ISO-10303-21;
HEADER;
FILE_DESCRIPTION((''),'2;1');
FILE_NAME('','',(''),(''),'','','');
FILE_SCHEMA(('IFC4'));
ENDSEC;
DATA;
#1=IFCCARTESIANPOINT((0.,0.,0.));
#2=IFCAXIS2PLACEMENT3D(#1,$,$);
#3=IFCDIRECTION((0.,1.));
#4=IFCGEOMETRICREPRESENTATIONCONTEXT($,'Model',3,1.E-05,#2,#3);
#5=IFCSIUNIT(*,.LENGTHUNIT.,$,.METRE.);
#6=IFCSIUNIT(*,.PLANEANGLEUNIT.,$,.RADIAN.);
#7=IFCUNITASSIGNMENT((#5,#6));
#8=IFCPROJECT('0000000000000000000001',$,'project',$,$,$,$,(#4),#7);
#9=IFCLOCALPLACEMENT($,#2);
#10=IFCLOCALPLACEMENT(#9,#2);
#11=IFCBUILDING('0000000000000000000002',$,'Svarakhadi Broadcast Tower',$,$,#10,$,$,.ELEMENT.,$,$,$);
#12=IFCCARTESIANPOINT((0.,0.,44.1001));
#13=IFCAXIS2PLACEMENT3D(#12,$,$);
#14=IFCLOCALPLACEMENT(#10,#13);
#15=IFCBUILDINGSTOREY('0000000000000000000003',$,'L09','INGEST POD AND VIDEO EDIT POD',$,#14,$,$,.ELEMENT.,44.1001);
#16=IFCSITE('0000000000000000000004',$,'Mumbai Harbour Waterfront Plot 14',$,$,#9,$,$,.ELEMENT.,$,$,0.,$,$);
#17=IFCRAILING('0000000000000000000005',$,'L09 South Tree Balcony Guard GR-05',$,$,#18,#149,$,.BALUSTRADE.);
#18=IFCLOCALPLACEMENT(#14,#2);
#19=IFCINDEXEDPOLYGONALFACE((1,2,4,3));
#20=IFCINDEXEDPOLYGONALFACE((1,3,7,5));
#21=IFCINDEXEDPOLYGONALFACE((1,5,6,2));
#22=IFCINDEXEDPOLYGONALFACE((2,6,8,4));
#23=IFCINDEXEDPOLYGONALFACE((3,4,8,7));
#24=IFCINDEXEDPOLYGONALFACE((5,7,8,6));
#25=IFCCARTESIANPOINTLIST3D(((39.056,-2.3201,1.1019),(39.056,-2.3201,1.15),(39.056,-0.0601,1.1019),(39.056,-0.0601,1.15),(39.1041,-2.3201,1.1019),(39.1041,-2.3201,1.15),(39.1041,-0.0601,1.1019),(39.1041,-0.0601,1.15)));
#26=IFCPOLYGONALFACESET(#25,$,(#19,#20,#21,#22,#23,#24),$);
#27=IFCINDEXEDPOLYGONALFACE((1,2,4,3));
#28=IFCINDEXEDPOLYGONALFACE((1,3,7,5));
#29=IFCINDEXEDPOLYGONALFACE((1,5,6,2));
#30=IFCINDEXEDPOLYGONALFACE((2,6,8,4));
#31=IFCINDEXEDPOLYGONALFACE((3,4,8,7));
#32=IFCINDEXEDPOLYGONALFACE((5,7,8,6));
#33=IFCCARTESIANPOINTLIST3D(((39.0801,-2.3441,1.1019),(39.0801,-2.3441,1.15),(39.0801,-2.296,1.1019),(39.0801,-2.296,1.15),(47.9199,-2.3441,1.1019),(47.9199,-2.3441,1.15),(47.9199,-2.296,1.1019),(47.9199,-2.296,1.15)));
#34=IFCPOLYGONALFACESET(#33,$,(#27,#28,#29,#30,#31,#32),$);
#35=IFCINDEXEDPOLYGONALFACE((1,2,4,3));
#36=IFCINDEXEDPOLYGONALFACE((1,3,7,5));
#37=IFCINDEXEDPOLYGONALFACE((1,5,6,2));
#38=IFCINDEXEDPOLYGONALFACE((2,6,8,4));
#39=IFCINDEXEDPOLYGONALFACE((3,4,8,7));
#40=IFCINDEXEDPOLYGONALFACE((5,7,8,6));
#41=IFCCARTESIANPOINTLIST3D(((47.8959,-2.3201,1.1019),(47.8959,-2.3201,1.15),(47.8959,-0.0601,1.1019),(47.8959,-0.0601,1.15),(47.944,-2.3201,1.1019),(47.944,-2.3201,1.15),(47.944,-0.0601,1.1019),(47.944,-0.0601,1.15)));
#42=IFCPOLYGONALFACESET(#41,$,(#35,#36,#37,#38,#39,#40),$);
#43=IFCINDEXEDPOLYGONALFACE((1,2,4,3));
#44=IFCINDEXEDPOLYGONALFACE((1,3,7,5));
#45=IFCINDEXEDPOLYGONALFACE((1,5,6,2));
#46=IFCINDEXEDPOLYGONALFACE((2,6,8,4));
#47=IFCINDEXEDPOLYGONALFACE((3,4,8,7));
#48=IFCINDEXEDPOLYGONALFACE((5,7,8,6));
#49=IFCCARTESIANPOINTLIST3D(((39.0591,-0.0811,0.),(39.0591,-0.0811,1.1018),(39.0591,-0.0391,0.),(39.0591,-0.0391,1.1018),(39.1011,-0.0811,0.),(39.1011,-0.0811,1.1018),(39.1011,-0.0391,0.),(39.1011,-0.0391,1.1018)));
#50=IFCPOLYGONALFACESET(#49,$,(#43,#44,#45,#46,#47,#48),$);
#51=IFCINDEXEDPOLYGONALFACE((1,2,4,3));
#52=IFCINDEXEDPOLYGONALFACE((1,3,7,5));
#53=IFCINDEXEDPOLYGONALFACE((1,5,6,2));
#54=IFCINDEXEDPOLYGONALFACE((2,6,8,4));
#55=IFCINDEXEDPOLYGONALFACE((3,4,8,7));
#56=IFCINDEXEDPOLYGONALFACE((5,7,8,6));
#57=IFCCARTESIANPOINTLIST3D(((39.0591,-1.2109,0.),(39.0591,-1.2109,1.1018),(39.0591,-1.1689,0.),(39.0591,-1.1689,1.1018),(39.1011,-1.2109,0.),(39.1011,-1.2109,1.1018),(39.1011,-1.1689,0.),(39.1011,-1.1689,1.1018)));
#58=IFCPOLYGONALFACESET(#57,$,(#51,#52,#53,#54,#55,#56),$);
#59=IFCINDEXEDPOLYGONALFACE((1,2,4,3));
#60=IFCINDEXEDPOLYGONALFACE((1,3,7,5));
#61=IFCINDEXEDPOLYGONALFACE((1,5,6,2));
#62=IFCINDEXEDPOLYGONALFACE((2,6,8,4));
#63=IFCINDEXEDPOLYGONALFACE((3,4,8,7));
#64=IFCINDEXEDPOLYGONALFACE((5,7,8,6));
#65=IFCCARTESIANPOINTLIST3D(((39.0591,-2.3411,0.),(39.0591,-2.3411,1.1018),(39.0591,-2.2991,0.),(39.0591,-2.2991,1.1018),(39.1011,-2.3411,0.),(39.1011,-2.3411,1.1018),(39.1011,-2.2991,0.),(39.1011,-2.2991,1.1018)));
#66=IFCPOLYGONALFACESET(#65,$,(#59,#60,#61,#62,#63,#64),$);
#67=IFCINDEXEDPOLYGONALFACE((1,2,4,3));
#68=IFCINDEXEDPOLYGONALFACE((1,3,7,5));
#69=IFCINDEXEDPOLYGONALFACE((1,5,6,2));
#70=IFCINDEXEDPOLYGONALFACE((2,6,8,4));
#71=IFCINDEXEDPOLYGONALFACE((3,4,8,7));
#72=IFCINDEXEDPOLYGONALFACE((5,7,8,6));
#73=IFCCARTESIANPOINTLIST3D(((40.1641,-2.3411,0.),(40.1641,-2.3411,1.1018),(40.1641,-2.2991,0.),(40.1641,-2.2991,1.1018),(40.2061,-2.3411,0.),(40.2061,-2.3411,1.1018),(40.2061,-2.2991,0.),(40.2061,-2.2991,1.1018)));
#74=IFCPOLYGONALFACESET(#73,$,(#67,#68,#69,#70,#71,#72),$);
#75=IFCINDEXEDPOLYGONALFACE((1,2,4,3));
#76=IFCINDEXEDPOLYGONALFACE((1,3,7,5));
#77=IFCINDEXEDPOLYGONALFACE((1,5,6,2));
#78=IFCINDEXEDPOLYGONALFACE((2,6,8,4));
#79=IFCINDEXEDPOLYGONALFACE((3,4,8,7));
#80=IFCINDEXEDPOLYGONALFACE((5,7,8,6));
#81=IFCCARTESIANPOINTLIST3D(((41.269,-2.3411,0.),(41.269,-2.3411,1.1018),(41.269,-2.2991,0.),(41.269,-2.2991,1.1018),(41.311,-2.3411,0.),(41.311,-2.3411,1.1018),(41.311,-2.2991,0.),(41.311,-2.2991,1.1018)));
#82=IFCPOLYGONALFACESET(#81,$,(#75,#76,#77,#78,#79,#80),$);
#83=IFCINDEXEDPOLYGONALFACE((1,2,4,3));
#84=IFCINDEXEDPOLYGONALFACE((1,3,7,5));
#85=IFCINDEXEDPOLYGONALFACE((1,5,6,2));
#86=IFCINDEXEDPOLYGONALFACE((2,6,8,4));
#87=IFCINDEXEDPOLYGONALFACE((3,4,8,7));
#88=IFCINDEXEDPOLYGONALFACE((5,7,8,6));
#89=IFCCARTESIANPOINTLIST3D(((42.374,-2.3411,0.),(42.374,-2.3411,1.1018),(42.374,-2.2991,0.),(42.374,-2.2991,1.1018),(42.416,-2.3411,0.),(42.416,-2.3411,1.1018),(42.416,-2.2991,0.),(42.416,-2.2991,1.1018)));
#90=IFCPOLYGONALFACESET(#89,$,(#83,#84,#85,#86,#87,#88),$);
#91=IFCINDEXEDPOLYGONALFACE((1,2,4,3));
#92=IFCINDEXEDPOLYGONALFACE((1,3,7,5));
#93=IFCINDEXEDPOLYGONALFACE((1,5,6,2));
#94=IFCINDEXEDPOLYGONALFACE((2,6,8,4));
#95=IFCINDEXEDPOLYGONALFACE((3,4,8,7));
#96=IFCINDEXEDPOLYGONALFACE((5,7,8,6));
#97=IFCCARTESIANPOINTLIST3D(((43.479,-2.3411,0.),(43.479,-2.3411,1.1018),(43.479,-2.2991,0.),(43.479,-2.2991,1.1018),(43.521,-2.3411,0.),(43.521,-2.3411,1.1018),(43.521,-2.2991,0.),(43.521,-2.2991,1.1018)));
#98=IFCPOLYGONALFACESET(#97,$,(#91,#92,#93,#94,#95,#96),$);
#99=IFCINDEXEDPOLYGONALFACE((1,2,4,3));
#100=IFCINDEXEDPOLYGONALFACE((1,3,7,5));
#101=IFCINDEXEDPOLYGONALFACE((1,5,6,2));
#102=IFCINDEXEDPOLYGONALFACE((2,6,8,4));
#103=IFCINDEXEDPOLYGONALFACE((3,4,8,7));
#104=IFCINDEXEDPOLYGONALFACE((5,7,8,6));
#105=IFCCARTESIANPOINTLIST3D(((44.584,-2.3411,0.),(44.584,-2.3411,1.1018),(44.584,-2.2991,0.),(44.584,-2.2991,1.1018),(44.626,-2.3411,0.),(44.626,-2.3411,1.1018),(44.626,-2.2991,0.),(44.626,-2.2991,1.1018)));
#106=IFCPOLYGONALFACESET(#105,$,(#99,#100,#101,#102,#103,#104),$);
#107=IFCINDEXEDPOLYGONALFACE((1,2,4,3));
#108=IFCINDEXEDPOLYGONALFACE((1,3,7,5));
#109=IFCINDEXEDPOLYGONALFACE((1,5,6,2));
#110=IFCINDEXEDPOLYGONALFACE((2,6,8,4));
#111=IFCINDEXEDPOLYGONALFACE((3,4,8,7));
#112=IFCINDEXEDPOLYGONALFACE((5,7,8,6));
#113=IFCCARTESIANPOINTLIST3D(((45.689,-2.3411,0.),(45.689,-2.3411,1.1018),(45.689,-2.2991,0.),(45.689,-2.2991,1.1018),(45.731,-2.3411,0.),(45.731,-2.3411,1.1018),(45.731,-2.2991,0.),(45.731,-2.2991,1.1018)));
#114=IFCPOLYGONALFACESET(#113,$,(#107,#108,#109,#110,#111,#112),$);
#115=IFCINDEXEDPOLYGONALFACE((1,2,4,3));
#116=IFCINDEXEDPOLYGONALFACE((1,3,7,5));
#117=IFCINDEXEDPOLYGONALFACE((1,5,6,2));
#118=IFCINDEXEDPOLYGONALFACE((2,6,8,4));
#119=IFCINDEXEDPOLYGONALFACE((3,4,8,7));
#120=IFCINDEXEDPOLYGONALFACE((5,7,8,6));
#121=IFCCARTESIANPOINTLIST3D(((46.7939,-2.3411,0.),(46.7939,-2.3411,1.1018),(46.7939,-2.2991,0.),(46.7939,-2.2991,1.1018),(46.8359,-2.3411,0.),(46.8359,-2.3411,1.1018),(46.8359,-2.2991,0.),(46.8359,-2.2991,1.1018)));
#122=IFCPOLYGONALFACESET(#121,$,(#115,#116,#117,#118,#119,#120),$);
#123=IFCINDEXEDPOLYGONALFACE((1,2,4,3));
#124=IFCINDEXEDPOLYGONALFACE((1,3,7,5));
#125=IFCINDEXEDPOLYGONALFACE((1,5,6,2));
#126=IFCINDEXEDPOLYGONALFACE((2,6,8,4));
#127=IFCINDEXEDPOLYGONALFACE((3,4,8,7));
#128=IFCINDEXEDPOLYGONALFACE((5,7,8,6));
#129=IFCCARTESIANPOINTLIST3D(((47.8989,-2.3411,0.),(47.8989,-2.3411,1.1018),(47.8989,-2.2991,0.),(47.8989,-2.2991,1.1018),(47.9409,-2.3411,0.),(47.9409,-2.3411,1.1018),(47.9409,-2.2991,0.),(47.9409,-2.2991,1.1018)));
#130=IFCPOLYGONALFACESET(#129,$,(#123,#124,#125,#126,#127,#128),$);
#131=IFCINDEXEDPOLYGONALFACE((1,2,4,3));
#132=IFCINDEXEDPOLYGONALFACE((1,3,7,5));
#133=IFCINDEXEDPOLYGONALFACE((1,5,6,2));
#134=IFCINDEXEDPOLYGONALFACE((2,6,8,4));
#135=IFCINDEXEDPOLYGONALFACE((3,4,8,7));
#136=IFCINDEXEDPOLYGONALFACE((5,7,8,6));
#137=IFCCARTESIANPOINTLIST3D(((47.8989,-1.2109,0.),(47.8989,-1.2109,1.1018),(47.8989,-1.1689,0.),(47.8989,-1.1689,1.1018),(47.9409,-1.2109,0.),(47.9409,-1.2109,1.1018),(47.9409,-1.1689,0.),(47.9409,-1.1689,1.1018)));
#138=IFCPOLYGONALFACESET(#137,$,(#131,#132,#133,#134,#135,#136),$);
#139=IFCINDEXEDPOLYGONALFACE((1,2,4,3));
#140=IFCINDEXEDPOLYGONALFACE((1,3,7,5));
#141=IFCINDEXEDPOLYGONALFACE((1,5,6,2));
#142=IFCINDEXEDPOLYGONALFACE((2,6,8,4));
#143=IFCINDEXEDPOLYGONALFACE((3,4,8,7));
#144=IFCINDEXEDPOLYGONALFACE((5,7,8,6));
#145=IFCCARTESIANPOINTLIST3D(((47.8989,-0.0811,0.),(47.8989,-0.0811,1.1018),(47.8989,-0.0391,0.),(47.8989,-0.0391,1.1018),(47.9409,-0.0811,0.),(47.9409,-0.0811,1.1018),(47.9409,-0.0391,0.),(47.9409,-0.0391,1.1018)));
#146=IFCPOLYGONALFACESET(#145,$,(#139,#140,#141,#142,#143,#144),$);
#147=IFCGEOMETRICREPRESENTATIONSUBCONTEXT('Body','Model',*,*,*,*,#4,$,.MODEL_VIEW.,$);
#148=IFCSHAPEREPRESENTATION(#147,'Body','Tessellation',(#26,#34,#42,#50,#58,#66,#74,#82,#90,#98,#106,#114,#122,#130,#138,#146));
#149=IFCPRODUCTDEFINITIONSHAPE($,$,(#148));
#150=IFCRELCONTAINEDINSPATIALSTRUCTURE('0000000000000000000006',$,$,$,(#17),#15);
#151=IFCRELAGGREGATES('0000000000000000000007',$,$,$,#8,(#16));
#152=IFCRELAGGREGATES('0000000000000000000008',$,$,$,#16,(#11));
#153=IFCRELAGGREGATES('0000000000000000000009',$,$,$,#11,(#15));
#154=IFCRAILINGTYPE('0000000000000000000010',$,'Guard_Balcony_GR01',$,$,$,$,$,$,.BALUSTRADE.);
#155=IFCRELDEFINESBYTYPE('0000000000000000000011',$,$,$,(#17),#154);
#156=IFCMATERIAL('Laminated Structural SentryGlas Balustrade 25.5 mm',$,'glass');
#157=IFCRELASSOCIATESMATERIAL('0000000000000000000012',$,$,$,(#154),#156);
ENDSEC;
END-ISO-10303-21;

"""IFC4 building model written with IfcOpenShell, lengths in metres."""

from ifc_helpers import new_model, si_unit, direction, frame, origin, origin_2d, place, context, subcontext, project, spatial, rectangle, extrude, material, type_object, element, save


model = new_model("IFC4")

# Units and contexts
model_context = context("Model", 3, precision=1e-05, world=origin(), true_north=direction((0.0, 1.0)))
body_context = subcontext(model_context, "Body", "Model", "MODEL_VIEW")
ifc_project = project(units=[si_unit("LENGTHUNIT", "METRE"), si_unit("PLANEANGLEUNIT", "RADIAN")], contexts=[model_context])

# Site, building, storey
site_placement = place(None, origin())
site = spatial("IfcSite", under=ifc_project, at=site_placement, Name="Mumbai Harbour Waterfront Plot 14", CompositionType="ELEMENT", RefElevation=0.0)
building_placement = place(site_placement, origin())
building = spatial("IfcBuilding", under=site, at=building_placement, Name="Svarakhadi Broadcast Tower", CompositionType="ELEMENT")
storey_placement = place(building_placement, frame((0.0, 0.0, 44.1001)))
storey = spatial("IfcBuildingStorey", under=building, at=storey_placement, Name="L09", Description="INGEST POD AND VIDEO EDIT POD", CompositionType="ELEMENT", Elevation=44.1001)

# Railing
ifc_material_1 = material(Name="Laminated Structural SentryGlas Balustrade 25.5 mm", Category="glass")
railing_type = type_object("IfcRailingType", Name="Guard_Balcony_GR01", PredefinedType="BALUSTRADE", material=ifc_material_1)
railing_placement = place(storey_placement, frame((39.0801, -0.0601, 0.0)))
element("IfcRailing", 1, at=railing_placement, inside=storey, type_object=railing_type, Name="L09 South Tree Balcony Guard GR-05", PredefinedType="BALUSTRADE", context=body_context, shape_type="SweptSolid", body=[
    extrude(rectangle(XDim=0.0481, YDim=0.0481, at=origin_2d()), frame((0.0, 0.0, 1.126), z_axis=(0.0, -1.0, 0.0), x_axis=(1.0, 0.0, 0.0)), (0.0, 0.0, 1.0), 2.26),
    extrude(rectangle(XDim=0.0481, YDim=0.0481, at=origin_2d()), frame((0.0, -2.26, 1.126), z_axis=(1.0, 0.0, 0.0), x_axis=(0.0, 1.0, 0.0)), (0.0, 0.0, 1.0), 8.8398),
    extrude(rectangle(XDim=0.0481, YDim=0.0481, at=origin_2d()), frame((8.8398, -2.26, 1.126), z_axis=(0.0, 1.0, 0.0), x_axis=(-1.0, 0.0, 0.0)), (0.0, 0.0, 1.0), 2.26),
    extrude(rectangle(XDim=0.042, YDim=0.042, at=origin_2d()), origin(), (0.0, 0.0, 1.0), 1.1018),
    extrude(rectangle(XDim=0.042, YDim=0.042, at=origin_2d()), frame((0.0, -1.1299, 0.0)), (0.0, 0.0, 1.0), 1.1018),
    extrude(rectangle(XDim=0.042, YDim=0.042, at=origin_2d()), frame((0.0, -2.26, 0.0)), (0.0, 0.0, 1.0), 1.1018),
    extrude(rectangle(XDim=0.042, YDim=0.042, at=origin_2d()), frame((1.105, -2.26, 0.0)), (0.0, 0.0, 1.0), 1.1018),
    extrude(rectangle(XDim=0.042, YDim=0.042, at=origin_2d()), frame((2.21, -2.26, 0.0)), (0.0, 0.0, 1.0), 1.1018),
    extrude(rectangle(XDim=0.042, YDim=0.042, at=origin_2d()), frame((3.3149, -2.26, 0.0)), (0.0, 0.0, 1.0), 1.1018),
    extrude(rectangle(XDim=0.042, YDim=0.042, at=origin_2d()), frame((4.4199, -2.26, 0.0)), (0.0, 0.0, 1.0), 1.1018),
    extrude(rectangle(XDim=0.042, YDim=0.042, at=origin_2d()), frame((5.5249, -2.26, 0.0)), (0.0, 0.0, 1.0), 1.1018),
    extrude(rectangle(XDim=0.042, YDim=0.042, at=origin_2d()), frame((6.6299, -2.26, 0.0)), (0.0, 0.0, 1.0), 1.1018),
    extrude(rectangle(XDim=0.042, YDim=0.042, at=origin_2d()), frame((7.7349, -2.26, 0.0)), (0.0, 0.0, 1.0), 1.1018),
    extrude(rectangle(XDim=0.042, YDim=0.042, at=origin_2d()), frame((8.8398, -2.26, 0.0)), (0.0, 0.0, 1.0), 1.1018),
    extrude(rectangle(XDim=0.042, YDim=0.042, at=origin_2d()), frame((8.8398, -1.1299, 0.0)), (0.0, 0.0, 1.0), 1.1018),
    extrude(rectangle(XDim=0.042, YDim=0.042, at=origin_2d()), frame((8.8398, 0.0, 0.0)), (0.0, 0.0, 1.0), 1.1018),
])

save(model, "model.ifc")
